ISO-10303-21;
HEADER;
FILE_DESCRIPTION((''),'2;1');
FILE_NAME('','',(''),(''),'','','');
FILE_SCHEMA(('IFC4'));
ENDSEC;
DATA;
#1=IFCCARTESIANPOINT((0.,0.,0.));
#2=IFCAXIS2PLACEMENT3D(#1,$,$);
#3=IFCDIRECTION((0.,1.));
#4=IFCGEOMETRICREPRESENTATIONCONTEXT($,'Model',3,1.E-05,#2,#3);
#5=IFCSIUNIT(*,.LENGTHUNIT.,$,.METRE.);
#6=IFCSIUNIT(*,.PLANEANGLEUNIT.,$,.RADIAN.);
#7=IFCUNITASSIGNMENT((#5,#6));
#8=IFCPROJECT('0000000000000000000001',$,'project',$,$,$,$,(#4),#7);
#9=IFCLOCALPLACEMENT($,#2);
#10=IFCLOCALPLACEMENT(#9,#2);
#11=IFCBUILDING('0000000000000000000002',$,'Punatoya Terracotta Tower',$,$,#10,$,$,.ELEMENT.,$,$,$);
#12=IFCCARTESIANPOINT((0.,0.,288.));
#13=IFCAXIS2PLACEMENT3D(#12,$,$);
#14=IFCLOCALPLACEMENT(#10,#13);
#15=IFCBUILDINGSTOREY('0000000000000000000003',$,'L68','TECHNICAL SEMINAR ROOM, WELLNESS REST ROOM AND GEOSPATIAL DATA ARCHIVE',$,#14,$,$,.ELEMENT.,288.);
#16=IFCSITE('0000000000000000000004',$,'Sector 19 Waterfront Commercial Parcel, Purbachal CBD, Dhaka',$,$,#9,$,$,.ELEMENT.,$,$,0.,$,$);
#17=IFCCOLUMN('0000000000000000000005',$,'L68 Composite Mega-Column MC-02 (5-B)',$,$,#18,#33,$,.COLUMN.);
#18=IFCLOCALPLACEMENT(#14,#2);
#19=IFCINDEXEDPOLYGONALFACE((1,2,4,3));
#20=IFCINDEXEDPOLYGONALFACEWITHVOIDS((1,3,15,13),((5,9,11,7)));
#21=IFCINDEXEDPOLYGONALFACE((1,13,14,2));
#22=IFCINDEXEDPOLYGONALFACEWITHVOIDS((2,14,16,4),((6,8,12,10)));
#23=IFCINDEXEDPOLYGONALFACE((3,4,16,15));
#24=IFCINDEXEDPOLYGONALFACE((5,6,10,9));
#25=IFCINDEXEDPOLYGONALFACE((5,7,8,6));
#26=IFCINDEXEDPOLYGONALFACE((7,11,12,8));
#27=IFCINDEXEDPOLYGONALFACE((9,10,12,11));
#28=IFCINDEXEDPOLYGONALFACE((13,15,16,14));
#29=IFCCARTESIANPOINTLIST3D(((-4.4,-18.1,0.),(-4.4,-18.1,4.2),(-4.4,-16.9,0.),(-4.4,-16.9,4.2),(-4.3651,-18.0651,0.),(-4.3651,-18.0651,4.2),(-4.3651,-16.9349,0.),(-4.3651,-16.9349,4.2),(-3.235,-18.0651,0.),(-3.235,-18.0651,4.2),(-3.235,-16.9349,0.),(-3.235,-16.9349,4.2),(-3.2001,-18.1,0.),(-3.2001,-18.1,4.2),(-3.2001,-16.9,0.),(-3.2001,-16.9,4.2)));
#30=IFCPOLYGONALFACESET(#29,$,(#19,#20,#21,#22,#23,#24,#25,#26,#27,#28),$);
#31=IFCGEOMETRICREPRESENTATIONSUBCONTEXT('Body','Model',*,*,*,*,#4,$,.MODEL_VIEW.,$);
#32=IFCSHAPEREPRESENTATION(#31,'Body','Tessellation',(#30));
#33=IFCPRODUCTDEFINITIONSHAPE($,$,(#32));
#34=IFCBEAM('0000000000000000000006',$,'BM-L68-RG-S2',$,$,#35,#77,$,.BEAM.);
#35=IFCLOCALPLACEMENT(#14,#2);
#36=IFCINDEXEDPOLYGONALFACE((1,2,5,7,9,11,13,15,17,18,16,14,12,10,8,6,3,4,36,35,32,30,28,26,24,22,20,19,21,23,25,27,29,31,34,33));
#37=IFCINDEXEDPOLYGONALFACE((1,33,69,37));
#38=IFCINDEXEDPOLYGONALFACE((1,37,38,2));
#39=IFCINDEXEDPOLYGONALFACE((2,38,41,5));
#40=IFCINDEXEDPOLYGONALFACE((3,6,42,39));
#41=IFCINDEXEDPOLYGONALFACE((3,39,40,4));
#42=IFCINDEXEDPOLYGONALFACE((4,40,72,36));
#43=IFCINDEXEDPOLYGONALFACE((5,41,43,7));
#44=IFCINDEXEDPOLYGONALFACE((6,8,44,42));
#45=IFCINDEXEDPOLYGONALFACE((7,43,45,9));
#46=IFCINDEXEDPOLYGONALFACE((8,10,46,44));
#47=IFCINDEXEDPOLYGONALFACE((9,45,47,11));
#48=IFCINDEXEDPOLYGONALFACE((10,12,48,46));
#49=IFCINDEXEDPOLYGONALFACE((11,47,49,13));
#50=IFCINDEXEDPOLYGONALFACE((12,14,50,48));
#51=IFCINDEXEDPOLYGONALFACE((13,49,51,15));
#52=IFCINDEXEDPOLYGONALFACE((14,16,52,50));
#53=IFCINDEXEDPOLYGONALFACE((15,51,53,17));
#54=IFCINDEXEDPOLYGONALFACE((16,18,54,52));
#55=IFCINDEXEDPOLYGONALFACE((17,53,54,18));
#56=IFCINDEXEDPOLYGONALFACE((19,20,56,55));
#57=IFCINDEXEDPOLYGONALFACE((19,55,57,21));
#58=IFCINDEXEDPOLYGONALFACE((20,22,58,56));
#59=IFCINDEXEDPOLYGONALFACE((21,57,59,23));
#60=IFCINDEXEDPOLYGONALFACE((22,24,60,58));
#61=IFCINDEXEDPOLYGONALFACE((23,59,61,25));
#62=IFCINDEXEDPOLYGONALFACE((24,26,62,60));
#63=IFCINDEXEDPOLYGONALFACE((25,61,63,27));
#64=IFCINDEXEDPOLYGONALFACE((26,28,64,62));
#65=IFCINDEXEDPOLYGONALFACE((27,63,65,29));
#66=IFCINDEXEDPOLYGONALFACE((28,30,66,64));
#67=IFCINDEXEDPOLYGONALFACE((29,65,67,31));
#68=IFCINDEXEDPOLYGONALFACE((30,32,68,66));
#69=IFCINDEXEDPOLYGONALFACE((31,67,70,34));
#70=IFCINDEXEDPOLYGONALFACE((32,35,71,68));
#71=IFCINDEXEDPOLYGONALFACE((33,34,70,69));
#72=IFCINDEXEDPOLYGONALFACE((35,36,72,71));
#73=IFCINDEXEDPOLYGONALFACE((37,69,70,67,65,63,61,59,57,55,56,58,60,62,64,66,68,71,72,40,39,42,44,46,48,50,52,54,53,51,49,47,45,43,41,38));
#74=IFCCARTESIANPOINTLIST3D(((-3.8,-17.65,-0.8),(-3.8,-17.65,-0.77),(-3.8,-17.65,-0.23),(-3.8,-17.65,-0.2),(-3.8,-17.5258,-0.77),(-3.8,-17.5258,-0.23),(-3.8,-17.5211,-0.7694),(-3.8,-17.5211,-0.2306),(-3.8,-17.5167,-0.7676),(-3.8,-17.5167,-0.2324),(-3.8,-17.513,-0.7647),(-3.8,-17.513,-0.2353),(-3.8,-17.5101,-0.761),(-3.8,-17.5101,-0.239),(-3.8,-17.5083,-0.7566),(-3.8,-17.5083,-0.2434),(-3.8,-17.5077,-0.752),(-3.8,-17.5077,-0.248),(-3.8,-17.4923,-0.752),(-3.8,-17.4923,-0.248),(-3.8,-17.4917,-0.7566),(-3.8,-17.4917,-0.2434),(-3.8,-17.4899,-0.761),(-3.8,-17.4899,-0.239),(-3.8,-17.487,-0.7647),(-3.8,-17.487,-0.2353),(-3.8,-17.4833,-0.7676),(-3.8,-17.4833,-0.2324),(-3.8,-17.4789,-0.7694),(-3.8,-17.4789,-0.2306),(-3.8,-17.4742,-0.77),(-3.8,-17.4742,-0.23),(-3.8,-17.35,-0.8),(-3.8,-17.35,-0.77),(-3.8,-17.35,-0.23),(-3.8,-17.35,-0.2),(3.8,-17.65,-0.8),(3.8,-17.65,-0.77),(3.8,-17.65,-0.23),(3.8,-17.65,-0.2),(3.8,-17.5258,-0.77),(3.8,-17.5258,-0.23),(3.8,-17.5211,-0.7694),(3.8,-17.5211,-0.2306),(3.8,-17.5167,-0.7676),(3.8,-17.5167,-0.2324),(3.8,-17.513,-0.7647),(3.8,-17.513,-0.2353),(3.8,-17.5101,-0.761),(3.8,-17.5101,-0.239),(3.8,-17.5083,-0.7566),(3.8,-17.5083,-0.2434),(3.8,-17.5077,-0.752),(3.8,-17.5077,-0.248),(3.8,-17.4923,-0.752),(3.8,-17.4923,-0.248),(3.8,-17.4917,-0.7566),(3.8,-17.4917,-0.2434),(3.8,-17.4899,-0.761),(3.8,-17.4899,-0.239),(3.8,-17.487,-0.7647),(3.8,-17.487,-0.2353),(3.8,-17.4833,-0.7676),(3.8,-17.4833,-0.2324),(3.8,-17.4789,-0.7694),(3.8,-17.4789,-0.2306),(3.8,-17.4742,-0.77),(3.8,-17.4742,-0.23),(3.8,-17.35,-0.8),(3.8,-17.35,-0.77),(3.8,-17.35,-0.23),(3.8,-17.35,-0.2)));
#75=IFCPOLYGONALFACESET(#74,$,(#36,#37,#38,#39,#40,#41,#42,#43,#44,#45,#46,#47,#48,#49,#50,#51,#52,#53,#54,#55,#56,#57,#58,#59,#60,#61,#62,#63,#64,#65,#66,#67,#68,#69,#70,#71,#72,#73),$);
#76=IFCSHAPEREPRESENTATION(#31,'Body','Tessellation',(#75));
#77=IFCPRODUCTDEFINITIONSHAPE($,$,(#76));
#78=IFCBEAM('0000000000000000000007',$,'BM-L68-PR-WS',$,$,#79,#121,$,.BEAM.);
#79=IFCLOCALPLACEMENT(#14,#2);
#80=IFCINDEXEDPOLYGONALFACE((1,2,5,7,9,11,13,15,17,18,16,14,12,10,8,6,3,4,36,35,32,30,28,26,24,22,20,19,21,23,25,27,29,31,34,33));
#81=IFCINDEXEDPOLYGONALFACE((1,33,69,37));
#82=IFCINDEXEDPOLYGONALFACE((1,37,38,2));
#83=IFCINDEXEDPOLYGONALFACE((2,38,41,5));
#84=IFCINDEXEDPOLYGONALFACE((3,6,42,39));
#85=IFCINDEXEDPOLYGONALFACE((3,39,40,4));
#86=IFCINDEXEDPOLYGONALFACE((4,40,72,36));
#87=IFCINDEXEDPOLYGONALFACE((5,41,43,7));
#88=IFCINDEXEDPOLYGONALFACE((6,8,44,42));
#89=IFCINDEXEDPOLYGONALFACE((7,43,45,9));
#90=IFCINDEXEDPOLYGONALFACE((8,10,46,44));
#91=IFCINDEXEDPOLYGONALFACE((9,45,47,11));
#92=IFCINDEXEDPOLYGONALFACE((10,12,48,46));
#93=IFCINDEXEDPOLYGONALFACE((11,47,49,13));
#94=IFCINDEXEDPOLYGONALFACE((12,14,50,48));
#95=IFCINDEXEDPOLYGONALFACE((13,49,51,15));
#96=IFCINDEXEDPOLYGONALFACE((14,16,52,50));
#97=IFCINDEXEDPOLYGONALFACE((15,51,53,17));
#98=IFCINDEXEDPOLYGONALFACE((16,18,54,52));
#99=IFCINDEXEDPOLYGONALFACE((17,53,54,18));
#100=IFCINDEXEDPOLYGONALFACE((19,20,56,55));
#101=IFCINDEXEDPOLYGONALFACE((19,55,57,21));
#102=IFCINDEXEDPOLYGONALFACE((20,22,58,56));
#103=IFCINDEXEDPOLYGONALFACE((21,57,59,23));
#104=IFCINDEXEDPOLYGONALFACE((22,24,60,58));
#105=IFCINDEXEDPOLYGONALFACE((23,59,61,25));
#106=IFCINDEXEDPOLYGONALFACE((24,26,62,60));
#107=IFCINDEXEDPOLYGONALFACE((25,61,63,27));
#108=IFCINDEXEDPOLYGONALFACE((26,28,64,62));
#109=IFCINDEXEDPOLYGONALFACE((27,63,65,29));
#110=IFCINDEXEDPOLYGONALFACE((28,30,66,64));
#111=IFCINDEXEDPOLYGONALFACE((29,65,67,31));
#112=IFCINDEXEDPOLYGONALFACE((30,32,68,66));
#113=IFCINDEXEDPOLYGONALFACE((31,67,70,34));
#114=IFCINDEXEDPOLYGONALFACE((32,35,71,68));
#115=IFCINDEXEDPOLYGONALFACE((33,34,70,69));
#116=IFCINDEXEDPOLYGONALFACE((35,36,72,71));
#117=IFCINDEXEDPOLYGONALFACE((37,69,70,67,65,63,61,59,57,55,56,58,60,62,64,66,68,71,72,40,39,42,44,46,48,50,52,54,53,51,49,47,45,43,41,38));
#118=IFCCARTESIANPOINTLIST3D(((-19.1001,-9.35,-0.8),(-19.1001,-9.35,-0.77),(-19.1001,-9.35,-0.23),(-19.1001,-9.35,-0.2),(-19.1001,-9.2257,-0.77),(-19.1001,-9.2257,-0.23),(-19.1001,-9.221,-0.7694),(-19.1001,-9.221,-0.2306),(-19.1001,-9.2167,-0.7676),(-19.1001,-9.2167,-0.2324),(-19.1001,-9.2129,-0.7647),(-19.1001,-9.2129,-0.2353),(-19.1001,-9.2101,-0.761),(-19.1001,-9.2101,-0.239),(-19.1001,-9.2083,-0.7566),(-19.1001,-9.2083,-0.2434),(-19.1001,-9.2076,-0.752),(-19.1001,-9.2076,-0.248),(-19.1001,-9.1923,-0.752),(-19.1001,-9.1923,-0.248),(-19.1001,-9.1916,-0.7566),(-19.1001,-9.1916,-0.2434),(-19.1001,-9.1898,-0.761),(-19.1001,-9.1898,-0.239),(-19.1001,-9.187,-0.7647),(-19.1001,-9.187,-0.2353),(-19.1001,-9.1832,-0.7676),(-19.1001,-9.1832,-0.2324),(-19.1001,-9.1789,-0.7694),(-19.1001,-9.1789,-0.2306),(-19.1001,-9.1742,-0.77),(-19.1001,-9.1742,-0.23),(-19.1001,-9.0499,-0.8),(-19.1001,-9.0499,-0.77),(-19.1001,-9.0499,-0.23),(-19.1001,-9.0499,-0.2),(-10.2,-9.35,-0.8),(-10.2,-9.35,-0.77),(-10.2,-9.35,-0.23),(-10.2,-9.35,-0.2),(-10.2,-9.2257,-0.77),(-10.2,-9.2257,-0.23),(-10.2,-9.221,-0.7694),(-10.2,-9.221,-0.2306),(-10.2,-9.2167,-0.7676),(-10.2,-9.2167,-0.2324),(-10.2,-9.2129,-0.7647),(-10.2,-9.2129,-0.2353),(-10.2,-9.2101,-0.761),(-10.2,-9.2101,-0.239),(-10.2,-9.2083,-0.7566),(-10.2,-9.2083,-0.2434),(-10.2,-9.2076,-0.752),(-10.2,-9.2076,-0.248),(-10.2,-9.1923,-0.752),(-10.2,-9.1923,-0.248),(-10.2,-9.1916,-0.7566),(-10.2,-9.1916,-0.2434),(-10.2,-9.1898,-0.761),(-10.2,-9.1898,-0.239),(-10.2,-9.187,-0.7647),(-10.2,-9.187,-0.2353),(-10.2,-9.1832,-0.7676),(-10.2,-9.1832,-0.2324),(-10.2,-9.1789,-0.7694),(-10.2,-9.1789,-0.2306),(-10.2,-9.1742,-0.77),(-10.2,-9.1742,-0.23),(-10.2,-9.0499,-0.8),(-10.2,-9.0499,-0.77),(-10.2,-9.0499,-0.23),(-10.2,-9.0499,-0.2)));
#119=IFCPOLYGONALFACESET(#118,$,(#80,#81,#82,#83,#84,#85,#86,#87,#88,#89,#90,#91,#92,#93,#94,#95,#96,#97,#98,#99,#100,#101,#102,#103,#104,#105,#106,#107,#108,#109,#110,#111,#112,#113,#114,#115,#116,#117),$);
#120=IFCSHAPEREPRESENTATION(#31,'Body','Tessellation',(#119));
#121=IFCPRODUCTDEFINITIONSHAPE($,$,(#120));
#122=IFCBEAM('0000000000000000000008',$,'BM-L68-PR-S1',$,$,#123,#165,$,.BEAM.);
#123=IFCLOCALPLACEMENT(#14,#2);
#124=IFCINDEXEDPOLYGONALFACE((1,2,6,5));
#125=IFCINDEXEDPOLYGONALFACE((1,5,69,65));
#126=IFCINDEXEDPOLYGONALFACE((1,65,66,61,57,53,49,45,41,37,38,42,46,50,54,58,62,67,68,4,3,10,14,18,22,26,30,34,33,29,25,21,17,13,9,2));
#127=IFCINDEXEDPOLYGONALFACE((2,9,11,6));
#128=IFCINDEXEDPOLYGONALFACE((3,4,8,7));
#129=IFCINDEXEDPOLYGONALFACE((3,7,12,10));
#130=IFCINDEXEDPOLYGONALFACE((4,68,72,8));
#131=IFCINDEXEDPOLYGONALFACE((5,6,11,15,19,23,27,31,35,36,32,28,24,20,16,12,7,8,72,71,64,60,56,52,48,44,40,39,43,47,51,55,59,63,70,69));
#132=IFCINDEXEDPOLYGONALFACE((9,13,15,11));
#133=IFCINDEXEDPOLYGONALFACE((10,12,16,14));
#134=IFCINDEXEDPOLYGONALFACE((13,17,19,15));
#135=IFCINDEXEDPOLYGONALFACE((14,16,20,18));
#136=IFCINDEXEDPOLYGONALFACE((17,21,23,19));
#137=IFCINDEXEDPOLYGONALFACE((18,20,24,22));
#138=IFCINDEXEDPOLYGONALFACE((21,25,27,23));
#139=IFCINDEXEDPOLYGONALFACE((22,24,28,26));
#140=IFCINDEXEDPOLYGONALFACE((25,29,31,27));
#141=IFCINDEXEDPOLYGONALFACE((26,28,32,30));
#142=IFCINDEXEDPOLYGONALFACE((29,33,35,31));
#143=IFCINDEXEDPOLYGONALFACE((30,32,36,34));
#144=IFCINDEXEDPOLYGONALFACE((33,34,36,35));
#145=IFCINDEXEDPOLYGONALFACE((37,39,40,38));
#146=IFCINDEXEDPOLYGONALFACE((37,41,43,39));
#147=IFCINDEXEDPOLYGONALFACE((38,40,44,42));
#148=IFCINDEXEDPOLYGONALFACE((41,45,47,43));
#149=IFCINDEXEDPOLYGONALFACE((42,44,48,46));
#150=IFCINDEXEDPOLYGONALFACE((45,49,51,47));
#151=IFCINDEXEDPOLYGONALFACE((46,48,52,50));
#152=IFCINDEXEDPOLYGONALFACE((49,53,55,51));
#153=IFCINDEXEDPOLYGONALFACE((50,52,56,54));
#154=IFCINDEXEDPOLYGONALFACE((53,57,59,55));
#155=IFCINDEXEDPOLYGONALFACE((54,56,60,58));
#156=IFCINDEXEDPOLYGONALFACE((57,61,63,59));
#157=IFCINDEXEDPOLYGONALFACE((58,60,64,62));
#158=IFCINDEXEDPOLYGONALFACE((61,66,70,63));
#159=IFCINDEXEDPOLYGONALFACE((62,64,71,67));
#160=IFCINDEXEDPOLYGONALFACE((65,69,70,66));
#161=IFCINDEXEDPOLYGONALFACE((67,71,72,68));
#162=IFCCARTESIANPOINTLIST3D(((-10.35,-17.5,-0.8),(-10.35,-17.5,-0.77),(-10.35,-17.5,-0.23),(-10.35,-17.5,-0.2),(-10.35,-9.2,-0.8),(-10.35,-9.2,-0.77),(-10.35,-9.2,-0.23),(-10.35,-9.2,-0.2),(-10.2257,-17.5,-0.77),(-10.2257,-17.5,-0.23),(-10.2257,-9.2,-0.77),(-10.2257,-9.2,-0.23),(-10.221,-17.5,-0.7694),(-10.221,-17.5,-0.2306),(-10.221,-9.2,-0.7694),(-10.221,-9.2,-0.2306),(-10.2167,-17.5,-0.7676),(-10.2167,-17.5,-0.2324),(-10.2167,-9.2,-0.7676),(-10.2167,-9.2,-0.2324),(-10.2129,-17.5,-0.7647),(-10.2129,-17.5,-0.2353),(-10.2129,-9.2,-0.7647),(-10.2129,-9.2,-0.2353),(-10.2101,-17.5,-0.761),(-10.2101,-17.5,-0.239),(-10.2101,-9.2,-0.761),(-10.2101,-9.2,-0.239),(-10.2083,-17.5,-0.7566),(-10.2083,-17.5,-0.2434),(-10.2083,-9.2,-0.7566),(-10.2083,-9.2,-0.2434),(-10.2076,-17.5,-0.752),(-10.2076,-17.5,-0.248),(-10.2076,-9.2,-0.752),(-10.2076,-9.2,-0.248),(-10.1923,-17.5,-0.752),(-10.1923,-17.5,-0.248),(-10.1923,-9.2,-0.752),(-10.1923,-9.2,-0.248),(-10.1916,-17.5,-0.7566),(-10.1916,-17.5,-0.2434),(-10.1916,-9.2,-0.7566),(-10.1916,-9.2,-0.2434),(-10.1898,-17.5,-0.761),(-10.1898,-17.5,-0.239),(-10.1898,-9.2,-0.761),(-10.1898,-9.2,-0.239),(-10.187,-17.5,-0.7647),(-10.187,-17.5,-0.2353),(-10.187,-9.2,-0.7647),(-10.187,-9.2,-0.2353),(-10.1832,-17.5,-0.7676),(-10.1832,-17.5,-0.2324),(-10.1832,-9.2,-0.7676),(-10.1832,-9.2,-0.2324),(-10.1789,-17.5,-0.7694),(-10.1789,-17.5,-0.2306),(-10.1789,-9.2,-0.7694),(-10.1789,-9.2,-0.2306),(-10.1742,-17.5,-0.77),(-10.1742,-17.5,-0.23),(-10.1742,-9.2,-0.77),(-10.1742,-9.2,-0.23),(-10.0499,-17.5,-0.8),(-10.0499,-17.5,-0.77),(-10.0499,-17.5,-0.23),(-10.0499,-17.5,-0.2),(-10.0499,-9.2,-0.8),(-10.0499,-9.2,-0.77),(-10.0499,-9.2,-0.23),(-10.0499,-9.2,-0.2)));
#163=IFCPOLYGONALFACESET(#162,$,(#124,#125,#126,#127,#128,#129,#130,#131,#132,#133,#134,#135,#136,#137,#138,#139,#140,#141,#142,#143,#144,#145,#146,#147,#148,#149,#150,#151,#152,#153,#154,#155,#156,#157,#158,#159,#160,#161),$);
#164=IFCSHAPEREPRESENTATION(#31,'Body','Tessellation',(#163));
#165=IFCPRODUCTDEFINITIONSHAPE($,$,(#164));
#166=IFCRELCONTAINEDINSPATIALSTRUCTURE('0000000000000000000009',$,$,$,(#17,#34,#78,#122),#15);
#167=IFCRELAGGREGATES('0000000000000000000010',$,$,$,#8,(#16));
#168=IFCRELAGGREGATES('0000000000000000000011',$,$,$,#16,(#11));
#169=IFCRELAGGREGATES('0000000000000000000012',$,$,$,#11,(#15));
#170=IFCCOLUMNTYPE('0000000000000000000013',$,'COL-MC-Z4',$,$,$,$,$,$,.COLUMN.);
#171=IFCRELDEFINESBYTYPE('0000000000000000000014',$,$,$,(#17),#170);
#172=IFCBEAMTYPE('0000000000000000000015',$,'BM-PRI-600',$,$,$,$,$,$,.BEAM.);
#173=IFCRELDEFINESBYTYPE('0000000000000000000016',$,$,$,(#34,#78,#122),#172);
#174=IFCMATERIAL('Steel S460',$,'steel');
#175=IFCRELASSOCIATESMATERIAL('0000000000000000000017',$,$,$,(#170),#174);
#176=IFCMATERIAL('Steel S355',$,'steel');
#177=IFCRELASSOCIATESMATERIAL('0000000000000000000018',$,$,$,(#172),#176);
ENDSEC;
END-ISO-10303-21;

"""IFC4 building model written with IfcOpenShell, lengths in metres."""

from ifc_helpers import new_model, si_unit, direction, frame, origin, origin_2d, place, context, subcontext, project, spatial, hollow_rectangle, i_section, extrude, material, material_profile, profile_set, type_object, element, save


model = new_model("IFC4")

# Units and contexts
model_context = context("Model", 3, precision=1e-05, world=origin(), true_north=direction((0.0, 1.0)))
body_context = subcontext(model_context, "Body", "Model", "MODEL_VIEW")
ifc_project = project(units=[si_unit("LENGTHUNIT", "METRE"), si_unit("PLANEANGLEUNIT", "RADIAN")], contexts=[model_context])

# Site, building, storey
site_placement = place(None, origin())
site = spatial("IfcSite", under=ifc_project, at=site_placement, Name="Sector 19 Waterfront Commercial Parcel, Purbachal CBD, Dhaka", CompositionType="ELEMENT", RefElevation=0.0)
building_placement = place(site_placement, origin())
building = spatial("IfcBuilding", under=site, at=building_placement, Name="Punatoya Terracotta Tower", CompositionType="ELEMENT")
storey_placement = place(building_placement, frame((0.0, 0.0, 288.0)))
storey = spatial("IfcBuildingStorey", under=building, at=storey_placement, Name="L68", Description="TECHNICAL SEMINAR ROOM, WELLNESS REST ROOM AND GEOSPATIAL DATA ARCHIVE", CompositionType="ELEMENT", Elevation=288.0)

# Column
ifc_material_1 = material(Name="Steel S460", Category="steel")
ifc_material_profile_1 = material_profile(ifc_material_1, hollow_rectangle(XDim=1.2, YDim=1.2, WallThickness=0.0349, at=origin_2d()))
ifc_profile_set_1 = profile_set([ifc_material_profile_1], Name="Steel S460")
column_type = type_object("IfcColumnType", Name="COL-MC-Z4", PredefinedType="COLUMN", material=ifc_profile_set_1)
column_placement = place(storey_placement, frame((-3.8, -17.5, 0.0), z_axis=(0.0, 0.0, 1.0), x_axis=(1.0, 0.0, 0.0)))
element("IfcColumn", 1, at=column_placement, inside=storey, type_object=column_type, Name="L68 Composite Mega-Column MC-02 (5-B)", PredefinedType="COLUMN", context=body_context, shape_type="SweptSolid", body=[
    extrude(hollow_rectangle(XDim=1.2, YDim=1.2, WallThickness=0.0349, at=origin_2d()), origin(), (0.0, 0.0, 1.0), 4.2),
])

# Beams
ifc_material_2 = material(Name="Steel S355", Category="steel")
ifc_material_profile_2 = material_profile(ifc_material_2, i_section(OverallWidth=0.3, OverallDepth=0.6001, WebThickness=0.0154, FlangeThickness=0.03, FilletRadius=0.0181, at=origin_2d()))
ifc_profile_set_2 = profile_set([ifc_material_profile_2], Name="Steel S355")
beam_type_1 = type_object("IfcBeamType", Name="BM-PRI-600", PredefinedType="BEAM", material=ifc_profile_set_2)
beam_1_placement = place(storey_placement, frame((-3.8, -17.5, -0.5), z_axis=(1.0, 0.0, 0.0), x_axis=(0.0, 1.0, 0.0)))
element("IfcBeam", 2, at=beam_1_placement, inside=storey, type_object=beam_type_1, Name="BM-L68-RG-S2", PredefinedType="BEAM", context=body_context, shape_type="SweptSolid", body=[
    extrude(i_section(OverallWidth=0.3, OverallDepth=0.6001, WebThickness=0.0154, FlangeThickness=0.03, FilletRadius=0.0181, at=origin_2d()), origin(), (0.0, 0.0, 1.0), 7.6001),
])
beam_2_placement = place(storey_placement, frame((-19.1001, -9.2, -0.5), z_axis=(1.0, 0.0, 0.0), x_axis=(0.0, 1.0, 0.0)))
element("IfcBeam", 3, at=beam_2_placement, inside=storey, type_object=beam_type_1, Name="BM-L68-PR-WS", PredefinedType="BEAM", context=body_context, shape_type="SweptSolid", body=[
    extrude(i_section(OverallWidth=0.3, OverallDepth=0.6001, WebThickness=0.0154, FlangeThickness=0.03, FilletRadius=0.0181, at=origin_2d()), origin(), (0.0, 0.0, 1.0), 8.9001),
])
for number, where, z_axis, x_axis, name in (
    (4, (-10.2, -17.5, -0.5), (0.0, 1.0, 0.0), (-1.0, 0.0, 0.0), "BM-L68-PR-S1"),
):
    element("IfcBeam", number, at=place(storey_placement, frame(where, z_axis=z_axis, x_axis=x_axis)), inside=storey, type_object=beam_type_1, Name=name, PredefinedType="BEAM", context=body_context, shape_type="SweptSolid", body=[
        extrude(i_section(OverallWidth=0.3, OverallDepth=0.6001, WebThickness=0.0154, FlangeThickness=0.03, FilletRadius=0.0181, at=origin_2d()), origin(), (0.0, 0.0, 1.0), 8.3),
    ])

save(model, "model.ifc")
